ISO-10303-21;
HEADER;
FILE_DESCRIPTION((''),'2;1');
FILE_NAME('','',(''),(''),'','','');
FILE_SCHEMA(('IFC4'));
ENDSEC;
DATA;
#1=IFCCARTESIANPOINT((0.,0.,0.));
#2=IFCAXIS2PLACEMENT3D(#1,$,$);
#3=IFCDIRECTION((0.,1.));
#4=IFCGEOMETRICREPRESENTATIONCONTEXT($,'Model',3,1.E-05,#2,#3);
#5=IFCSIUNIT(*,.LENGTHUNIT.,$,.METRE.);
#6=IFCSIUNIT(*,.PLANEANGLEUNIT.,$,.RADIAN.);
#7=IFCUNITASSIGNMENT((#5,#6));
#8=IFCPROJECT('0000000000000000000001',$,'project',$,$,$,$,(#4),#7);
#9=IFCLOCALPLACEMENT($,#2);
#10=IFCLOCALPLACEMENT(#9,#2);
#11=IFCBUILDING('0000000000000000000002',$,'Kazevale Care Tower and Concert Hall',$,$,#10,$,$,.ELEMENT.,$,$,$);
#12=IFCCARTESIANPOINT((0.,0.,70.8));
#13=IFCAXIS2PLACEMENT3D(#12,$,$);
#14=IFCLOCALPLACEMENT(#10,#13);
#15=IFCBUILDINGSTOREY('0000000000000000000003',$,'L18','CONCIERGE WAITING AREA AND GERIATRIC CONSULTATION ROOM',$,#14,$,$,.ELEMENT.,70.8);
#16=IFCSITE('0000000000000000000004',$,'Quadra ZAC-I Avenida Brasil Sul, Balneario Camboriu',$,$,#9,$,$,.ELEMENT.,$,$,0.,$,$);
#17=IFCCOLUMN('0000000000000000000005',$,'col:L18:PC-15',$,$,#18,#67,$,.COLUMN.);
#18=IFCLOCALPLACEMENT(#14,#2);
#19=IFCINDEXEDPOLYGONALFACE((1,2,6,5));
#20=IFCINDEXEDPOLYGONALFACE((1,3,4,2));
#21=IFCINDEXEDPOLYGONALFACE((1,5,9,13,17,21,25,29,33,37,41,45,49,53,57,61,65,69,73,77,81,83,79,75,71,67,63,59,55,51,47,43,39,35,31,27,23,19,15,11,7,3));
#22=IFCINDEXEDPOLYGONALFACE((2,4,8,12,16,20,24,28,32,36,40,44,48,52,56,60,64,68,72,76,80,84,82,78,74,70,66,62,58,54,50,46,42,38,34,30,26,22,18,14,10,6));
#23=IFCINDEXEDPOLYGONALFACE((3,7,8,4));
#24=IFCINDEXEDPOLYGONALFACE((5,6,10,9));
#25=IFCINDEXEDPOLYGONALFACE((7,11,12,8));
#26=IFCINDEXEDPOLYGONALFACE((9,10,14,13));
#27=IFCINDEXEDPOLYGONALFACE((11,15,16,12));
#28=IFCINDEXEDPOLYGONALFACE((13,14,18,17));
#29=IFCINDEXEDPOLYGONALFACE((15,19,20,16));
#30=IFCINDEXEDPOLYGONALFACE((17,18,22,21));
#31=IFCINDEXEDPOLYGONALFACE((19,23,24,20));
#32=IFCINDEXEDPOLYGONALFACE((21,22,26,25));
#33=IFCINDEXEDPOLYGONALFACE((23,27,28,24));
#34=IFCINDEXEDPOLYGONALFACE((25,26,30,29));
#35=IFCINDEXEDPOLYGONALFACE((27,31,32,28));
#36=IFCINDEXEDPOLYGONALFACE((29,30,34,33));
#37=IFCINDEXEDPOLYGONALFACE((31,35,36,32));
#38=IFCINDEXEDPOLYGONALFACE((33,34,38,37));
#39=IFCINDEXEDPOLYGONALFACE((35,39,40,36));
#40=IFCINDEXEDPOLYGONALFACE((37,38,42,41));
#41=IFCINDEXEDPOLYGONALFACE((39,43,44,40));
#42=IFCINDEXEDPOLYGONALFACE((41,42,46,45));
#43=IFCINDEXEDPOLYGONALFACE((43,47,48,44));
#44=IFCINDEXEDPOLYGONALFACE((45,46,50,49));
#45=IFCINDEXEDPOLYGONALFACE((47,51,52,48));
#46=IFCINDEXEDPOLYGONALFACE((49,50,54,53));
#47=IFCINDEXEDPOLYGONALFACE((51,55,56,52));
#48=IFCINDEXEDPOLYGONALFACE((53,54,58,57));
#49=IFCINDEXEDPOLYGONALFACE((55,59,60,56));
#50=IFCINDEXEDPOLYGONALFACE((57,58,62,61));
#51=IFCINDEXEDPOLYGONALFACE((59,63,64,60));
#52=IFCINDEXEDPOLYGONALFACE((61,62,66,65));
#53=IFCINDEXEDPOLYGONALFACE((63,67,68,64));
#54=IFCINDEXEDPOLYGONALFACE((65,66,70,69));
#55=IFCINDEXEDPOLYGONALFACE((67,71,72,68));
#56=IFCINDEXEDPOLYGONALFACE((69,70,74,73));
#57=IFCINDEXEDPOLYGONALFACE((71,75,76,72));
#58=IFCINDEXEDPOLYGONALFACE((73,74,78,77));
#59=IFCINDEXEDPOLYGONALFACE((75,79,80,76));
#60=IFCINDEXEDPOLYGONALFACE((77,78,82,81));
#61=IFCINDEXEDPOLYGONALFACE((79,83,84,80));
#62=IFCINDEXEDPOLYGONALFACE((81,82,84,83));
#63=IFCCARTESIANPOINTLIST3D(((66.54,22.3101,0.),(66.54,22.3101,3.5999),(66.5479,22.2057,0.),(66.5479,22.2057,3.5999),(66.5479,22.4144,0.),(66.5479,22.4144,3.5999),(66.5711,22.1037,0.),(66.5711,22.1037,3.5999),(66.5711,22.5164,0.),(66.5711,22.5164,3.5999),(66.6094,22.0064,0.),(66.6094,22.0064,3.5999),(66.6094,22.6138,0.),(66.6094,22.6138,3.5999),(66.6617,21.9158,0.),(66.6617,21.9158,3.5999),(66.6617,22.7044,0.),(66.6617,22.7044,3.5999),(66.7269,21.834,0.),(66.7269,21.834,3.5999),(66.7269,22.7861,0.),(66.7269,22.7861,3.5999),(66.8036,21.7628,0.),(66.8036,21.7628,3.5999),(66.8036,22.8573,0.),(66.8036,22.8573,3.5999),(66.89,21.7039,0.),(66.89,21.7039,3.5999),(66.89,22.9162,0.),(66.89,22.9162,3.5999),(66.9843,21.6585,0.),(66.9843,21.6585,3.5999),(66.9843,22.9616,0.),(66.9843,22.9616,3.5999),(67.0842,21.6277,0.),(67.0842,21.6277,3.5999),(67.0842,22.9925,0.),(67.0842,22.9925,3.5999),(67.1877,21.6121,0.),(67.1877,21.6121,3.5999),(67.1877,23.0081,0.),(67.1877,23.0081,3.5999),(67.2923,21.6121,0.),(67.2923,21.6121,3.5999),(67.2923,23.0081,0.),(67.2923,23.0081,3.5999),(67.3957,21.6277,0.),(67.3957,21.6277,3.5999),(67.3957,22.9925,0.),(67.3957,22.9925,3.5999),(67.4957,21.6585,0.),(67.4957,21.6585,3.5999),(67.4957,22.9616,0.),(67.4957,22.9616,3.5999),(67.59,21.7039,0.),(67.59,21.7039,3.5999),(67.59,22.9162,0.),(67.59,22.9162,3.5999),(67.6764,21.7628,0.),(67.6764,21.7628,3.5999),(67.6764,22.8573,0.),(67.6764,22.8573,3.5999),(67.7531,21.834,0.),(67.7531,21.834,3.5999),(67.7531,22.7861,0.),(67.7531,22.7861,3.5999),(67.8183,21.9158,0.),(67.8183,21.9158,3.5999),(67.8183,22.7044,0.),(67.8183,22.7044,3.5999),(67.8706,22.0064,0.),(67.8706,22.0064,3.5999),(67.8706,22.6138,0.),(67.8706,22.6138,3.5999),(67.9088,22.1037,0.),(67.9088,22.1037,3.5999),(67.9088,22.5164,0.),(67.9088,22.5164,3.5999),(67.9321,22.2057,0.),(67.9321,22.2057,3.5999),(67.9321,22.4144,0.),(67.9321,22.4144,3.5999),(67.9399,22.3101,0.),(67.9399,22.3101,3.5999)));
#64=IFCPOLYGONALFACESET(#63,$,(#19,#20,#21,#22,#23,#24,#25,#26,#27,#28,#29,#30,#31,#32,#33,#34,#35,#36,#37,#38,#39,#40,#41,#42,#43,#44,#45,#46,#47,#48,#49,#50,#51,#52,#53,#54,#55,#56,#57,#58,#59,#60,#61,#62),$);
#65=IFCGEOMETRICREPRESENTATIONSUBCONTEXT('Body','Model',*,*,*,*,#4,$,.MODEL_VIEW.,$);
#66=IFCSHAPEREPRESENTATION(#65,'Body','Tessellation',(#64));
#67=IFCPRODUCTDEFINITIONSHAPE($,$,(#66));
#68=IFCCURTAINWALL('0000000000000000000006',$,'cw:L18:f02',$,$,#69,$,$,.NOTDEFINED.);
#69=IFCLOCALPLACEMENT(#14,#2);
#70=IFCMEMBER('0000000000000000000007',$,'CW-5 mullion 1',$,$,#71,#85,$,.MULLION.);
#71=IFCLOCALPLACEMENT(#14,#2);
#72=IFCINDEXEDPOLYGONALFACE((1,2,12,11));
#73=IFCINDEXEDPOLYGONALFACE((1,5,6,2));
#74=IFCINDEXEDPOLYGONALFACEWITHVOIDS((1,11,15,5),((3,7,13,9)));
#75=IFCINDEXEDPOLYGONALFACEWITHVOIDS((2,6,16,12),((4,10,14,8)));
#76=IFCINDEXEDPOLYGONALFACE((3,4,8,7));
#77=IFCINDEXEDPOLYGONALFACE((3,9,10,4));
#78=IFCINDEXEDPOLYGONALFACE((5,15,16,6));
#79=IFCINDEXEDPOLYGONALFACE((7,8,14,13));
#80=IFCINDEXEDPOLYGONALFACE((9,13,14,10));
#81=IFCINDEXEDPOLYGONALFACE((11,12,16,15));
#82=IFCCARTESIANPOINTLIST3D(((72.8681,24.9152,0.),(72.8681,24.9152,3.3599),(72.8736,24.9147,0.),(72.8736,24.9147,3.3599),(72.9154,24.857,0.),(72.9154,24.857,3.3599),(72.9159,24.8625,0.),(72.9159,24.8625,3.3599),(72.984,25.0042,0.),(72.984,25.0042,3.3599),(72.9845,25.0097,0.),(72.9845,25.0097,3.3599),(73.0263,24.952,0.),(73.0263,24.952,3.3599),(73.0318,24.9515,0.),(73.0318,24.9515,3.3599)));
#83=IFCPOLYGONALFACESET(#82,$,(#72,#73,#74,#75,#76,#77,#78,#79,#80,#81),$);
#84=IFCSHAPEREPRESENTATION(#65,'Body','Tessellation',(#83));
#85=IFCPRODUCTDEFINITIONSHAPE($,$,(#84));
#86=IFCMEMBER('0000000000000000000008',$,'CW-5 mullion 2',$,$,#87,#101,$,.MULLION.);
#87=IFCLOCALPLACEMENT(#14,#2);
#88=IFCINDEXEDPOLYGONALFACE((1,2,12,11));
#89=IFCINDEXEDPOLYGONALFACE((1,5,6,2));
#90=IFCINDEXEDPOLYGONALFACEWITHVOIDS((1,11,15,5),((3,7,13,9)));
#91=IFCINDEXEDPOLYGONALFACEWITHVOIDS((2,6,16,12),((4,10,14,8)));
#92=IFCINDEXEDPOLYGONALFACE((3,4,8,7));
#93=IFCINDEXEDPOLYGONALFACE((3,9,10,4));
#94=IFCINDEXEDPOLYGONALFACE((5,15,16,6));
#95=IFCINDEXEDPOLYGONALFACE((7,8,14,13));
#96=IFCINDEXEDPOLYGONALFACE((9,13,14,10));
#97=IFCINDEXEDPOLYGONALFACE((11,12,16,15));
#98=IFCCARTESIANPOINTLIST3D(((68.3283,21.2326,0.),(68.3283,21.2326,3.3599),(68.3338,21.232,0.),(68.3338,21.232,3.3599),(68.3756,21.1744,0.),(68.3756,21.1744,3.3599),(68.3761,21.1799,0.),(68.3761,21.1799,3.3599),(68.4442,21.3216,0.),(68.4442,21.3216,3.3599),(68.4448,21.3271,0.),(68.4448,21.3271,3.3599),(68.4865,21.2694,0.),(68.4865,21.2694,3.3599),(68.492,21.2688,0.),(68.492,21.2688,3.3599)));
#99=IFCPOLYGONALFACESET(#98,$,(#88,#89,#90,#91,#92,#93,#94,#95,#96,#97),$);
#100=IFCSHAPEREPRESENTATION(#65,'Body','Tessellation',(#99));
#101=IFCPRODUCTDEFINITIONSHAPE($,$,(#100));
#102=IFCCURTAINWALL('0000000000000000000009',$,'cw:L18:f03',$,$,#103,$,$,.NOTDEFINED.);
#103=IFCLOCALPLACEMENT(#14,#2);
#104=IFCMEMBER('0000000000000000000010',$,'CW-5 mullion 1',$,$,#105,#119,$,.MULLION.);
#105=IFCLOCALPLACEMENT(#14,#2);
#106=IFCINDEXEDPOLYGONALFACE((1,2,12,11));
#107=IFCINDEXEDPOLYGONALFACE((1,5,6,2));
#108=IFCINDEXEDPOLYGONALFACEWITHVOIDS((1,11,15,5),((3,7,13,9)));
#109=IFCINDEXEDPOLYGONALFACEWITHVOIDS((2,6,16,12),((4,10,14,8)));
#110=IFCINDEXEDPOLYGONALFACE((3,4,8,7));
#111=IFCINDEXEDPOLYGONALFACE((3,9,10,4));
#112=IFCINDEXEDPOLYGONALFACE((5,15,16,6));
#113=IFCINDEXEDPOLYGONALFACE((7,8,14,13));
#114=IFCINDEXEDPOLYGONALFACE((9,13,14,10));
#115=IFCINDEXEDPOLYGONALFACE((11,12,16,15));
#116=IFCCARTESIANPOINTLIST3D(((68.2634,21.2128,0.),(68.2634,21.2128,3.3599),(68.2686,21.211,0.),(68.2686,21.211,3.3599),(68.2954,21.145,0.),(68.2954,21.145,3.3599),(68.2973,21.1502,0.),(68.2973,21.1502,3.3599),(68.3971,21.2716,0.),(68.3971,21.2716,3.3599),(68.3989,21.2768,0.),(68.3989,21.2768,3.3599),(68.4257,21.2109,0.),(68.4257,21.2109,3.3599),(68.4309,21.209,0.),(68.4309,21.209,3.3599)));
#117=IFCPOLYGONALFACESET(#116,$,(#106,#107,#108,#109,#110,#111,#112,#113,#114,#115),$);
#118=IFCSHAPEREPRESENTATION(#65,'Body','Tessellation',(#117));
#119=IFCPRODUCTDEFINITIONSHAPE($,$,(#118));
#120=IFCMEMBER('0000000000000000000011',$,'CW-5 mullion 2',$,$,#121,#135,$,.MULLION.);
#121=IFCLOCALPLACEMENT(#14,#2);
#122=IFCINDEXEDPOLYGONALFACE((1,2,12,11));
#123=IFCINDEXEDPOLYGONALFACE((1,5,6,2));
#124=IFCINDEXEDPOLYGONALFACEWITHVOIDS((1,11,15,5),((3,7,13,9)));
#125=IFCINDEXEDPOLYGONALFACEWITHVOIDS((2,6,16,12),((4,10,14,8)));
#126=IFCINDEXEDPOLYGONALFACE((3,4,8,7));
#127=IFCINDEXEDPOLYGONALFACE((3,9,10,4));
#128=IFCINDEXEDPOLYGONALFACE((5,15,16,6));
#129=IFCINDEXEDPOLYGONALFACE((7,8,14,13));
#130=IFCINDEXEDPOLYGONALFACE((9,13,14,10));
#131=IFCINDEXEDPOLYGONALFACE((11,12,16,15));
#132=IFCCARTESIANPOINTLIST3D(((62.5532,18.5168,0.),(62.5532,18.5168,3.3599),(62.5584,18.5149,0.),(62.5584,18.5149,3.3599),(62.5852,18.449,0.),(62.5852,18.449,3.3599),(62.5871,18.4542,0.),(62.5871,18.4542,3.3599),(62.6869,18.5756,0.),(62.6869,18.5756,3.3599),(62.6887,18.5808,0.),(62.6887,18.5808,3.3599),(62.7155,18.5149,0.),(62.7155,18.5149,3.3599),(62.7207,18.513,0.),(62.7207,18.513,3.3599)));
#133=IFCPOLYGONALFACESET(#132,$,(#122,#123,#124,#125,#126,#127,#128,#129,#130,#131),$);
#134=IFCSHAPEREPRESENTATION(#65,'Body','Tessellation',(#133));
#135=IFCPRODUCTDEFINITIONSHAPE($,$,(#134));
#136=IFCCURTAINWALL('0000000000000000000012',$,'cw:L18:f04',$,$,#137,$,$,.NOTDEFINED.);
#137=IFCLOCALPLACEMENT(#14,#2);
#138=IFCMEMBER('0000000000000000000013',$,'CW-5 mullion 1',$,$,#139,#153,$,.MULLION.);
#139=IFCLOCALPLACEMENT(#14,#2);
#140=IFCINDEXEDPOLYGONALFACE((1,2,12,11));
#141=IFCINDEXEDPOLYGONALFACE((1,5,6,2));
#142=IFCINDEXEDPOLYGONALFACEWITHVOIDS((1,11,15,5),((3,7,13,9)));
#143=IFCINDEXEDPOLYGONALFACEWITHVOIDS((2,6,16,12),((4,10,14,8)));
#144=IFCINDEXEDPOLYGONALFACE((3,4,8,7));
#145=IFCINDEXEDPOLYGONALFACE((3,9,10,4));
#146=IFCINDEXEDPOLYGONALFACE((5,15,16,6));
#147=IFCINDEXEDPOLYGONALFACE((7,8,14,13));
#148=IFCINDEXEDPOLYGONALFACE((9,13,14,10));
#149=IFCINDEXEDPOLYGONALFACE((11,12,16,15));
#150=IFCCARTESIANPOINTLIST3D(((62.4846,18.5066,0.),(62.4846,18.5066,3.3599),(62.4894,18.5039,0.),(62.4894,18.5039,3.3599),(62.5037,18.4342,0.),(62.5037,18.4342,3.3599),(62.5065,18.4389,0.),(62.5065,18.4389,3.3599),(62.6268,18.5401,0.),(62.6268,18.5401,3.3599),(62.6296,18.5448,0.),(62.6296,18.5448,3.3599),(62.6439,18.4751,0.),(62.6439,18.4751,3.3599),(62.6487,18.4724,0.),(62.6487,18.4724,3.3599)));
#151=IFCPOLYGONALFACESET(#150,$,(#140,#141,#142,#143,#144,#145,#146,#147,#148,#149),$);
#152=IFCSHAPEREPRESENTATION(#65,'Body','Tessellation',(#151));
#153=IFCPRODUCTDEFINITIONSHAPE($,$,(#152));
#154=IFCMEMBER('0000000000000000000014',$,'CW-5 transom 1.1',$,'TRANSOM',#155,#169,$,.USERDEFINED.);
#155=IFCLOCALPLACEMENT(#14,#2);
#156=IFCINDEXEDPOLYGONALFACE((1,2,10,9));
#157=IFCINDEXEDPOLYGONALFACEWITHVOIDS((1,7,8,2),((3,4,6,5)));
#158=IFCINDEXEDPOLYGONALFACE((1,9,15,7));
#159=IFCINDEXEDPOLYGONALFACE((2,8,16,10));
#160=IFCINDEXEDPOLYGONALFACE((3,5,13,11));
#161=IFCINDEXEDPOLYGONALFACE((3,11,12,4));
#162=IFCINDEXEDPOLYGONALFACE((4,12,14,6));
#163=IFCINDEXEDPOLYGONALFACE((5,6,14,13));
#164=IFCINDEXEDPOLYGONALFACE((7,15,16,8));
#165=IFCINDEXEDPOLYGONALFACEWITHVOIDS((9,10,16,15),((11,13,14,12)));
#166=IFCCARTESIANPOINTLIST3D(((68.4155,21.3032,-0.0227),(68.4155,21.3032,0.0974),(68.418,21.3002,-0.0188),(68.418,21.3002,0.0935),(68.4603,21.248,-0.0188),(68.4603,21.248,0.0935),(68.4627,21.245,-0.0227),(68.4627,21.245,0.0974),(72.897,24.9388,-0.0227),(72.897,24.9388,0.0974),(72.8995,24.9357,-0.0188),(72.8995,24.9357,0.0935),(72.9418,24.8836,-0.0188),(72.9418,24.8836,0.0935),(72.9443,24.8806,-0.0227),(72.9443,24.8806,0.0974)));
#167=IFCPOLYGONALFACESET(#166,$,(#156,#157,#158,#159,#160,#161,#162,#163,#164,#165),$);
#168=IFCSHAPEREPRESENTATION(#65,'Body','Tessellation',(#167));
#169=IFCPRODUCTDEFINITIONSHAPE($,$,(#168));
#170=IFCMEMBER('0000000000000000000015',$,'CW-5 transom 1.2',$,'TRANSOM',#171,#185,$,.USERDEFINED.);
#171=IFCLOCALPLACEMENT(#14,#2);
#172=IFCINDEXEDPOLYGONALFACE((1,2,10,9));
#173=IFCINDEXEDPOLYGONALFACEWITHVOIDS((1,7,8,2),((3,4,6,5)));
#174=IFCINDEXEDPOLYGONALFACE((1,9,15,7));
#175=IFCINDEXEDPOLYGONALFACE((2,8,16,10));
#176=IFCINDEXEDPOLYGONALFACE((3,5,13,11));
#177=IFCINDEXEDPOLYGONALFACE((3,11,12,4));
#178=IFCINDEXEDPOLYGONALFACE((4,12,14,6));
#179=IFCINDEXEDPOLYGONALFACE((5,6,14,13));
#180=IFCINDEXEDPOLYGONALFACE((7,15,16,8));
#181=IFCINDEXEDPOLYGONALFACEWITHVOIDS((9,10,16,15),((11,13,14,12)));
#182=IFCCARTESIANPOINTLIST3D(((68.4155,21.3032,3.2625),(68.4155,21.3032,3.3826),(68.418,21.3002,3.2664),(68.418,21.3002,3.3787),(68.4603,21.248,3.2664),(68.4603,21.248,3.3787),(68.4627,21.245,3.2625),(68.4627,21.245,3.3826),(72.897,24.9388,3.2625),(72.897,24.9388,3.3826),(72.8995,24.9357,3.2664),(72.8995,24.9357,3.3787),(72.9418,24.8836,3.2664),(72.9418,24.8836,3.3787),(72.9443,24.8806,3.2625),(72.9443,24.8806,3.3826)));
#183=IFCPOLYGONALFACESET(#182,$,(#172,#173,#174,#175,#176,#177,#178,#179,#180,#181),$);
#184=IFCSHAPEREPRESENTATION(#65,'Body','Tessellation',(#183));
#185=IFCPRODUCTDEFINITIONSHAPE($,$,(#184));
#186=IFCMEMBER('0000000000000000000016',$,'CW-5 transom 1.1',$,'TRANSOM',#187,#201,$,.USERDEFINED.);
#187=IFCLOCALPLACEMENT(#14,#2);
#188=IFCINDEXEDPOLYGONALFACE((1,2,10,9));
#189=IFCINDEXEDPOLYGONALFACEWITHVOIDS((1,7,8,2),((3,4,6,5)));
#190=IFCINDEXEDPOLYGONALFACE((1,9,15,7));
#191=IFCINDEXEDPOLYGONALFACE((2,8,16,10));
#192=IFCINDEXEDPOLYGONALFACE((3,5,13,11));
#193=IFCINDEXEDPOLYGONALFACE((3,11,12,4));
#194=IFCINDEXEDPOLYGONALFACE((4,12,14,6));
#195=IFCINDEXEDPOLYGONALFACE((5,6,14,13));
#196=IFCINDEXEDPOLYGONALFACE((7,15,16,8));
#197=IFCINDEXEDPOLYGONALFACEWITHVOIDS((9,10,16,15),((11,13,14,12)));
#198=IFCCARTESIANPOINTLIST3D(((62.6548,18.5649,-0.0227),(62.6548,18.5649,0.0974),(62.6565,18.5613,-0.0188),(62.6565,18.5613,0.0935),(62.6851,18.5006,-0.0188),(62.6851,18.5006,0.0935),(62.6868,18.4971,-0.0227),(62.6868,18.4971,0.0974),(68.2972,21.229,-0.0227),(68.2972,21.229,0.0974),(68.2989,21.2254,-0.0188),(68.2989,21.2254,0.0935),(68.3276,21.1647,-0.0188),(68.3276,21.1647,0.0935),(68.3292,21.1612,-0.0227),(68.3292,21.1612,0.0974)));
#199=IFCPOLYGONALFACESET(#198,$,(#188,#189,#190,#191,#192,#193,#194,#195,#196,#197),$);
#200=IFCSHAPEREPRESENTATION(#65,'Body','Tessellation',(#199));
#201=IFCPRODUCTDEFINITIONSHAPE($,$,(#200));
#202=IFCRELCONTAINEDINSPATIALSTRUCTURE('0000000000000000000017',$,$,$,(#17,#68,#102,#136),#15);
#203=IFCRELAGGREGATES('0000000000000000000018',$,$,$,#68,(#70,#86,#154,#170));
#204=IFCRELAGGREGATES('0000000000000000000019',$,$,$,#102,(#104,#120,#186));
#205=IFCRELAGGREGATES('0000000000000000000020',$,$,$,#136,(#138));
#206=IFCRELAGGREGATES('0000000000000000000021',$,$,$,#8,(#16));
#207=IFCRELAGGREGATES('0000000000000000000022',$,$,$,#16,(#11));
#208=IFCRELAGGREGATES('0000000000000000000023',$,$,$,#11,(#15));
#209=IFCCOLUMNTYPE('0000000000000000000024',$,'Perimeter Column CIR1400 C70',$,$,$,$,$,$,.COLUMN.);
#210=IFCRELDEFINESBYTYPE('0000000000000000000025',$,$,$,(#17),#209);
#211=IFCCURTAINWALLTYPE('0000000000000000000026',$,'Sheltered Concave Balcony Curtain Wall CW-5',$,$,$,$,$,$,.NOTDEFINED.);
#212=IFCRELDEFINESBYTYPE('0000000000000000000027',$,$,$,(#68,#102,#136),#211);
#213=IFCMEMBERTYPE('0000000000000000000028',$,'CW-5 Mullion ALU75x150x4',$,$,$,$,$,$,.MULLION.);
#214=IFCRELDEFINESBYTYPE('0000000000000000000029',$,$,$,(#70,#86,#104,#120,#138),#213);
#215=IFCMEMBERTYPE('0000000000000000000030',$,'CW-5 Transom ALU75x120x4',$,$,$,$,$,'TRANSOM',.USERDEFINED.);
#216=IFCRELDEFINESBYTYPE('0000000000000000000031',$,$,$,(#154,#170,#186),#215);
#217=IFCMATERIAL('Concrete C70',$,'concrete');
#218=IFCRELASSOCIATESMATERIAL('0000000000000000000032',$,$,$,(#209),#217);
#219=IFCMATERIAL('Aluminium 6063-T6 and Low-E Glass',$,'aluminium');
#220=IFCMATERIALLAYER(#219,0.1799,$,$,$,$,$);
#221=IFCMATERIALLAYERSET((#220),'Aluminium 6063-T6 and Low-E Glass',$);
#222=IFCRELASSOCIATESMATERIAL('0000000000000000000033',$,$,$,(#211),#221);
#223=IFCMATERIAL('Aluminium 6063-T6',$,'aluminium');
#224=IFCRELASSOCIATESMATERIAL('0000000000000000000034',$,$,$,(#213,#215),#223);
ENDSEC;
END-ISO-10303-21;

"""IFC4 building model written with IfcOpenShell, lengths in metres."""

from ifc_helpers import new_model, si_unit, direction, frame, origin, origin_2d, place, context, subcontext, project, spatial, hollow_rectangle, circle, extrude, material, layer, layer_set, material_profile, profile_set, type_object, element, aggregate, save


model = new_model("IFC4")

# Units and contexts
model_context = context("Model", 3, precision=1e-05, world=origin(), true_north=direction((0.0, 1.0)))
body_context = subcontext(model_context, "Body", "Model", "MODEL_VIEW")
ifc_project = project(units=[si_unit("LENGTHUNIT", "METRE"), si_unit("PLANEANGLEUNIT", "RADIAN")], contexts=[model_context])

# Site, building, storey
site_placement = place(None, origin())
site = spatial("IfcSite", under=ifc_project, at=site_placement, Name="Quadra ZAC-I Avenida Brasil Sul, Balneario Camboriu", CompositionType="ELEMENT", RefElevation=0.0)
building_placement = place(site_placement, origin())
building = spatial("IfcBuilding", under=site, at=building_placement, Name="Kazevale Care Tower and Concert Hall", CompositionType="ELEMENT")
storey_placement = place(building_placement, frame((0.0, 0.0, 70.8)))
storey = spatial("IfcBuildingStorey", under=building, at=storey_placement, Name="L18", Description="CONCIERGE WAITING AREA AND GERIATRIC CONSULTATION ROOM", CompositionType="ELEMENT", Elevation=70.8)

# Column
ifc_material_1 = material(Name="Concrete C70", Category="concrete")
ifc_material_profile_1 = material_profile(ifc_material_1, circle(Radius=0.7, at=origin_2d()), Name="RC-CIR1400")
ifc_profile_set_1 = profile_set([ifc_material_profile_1], Name="Concrete C70")
column_type = type_object("IfcColumnType", Name="Perimeter Column CIR1400 C70", PredefinedType="COLUMN", material=ifc_profile_set_1)
column_placement = place(storey_placement, frame((67.24, 22.3101, 0.0), z_axis=(0.0, 0.0, 1.0), x_axis=(1.0, 0.0, 0.0)))
element("IfcColumn", 1, at=column_placement, inside=storey, type_object=column_type, Name="col:L18:PC-15", PredefinedType="COLUMN", context=body_context, shape_type="SweptSolid", body=[
    extrude(circle(Radius=0.7, at=origin_2d()), origin(), (0.0, 0.0, 1.0), 3.5999),
])

# Curtain walls, members
ifc_material_2 = material(Name="Aluminium 6063-T6 and Low-E Glass", Category="aluminium")
ifc_layer_1 = layer(ifc_material_2, 0.1799)
ifc_layer_set_1 = layer_set([ifc_layer_1], Name="Aluminium 6063-T6 and Low-E Glass")
curtain_wall_type = type_object("IfcCurtainWallType", Name="Sheltered Concave Balcony Curtain Wall CW-5", PredefinedType="NOTDEFINED", material=ifc_layer_set_1)
curtain_wall_1_placement = place(storey_placement, origin())
curtain_wall_1 = element("IfcCurtainWall", 2, at=curtain_wall_1_placement, inside=storey, type_object=curtain_wall_type, Name="cw:L18:f02", PredefinedType="NOTDEFINED")
ifc_material_3 = material(Name="Aluminium 6063-T6", Category="aluminium")
ifc_material_profile_2 = material_profile(ifc_material_3, hollow_rectangle(XDim=0.075, YDim=0.1499, WallThickness=0.0039, at=origin_2d()), Name="ALU75x150x4")
ifc_profile_set_2 = profile_set([ifc_material_profile_2], Name="Aluminium 6063-T6")
member_type_1 = type_object("IfcMemberType", Name="CW-5 Mullion ALU75x150x4", PredefinedType="MULLION", material=ifc_profile_set_2)
member_1_placement = place(storey_placement, frame((72.95, 24.9333, 0.0), z_axis=(0.0, 0.0, 1.0), x_axis=(0.629995, -0.776599, 0.0)))
member_1 = element("IfcMember", 3, at=member_1_placement, type_object=member_type_1, Name="CW-5 mullion 1", PredefinedType="MULLION", context=body_context, shape_type="SweptSolid", body=[
    extrude(hollow_rectangle(XDim=0.075, YDim=0.1499, WallThickness=0.0039, at=origin_2d()), origin(), (0.0, 0.0, 1.0), 3.3599),
])
member_2_placement = place(storey_placement, frame((68.4102, 21.2507, 0.0), z_axis=(0.0, 0.0, 1.0), x_axis=(0.629995, -0.776599, 0.0)))
member_2 = element("IfcMember", 4, at=member_2_placement, type_object=member_type_1, Name="CW-5 mullion 2", PredefinedType="MULLION", context=body_context, shape_type="SweptSolid", body=[
    extrude(hollow_rectangle(XDim=0.075, YDim=0.1499, WallThickness=0.0039, at=origin_2d()), origin(), (0.0, 0.0, 1.0), 3.3599),
])
curtain_wall_2_placement = place(storey_placement, origin())
curtain_wall_2 = element("IfcCurtainWall", 5, at=curtain_wall_2_placement, inside=storey, type_object=curtain_wall_type, Name="cw:L18:f03", PredefinedType="NOTDEFINED")
member_3_placement = place(storey_placement, frame((68.3472, 21.2109, 0.0), z_axis=(0.0, 0.0, 1.0), x_axis=(0.426942, -0.904279, 0.0)))
member_3 = element("IfcMember", 6, at=member_3_placement, type_object=member_type_1, Name="CW-5 mullion 1", PredefinedType="MULLION", context=body_context, shape_type="SweptSolid", body=[
    extrude(hollow_rectangle(XDim=0.075, YDim=0.1499, WallThickness=0.0039, at=origin_2d()), origin(), (0.0, 0.0, 1.0), 3.3599),
])
member_4_placement = place(storey_placement, frame((62.637, 18.5149, 0.0), z_axis=(0.0, 0.0, 1.0), x_axis=(0.426942, -0.904279, 0.0)))
member_4 = element("IfcMember", 7, at=member_4_placement, type_object=member_type_1, Name="CW-5 mullion 2", PredefinedType="MULLION", context=body_context, shape_type="SweptSolid", body=[
    extrude(hollow_rectangle(XDim=0.075, YDim=0.1499, WallThickness=0.0039, at=origin_2d()), origin(), (0.0, 0.0, 1.0), 3.3599),
])

# Curtain wall, member
curtain_wall_3_placement = place(storey_placement, origin())
curtain_wall_3 = element("IfcCurtainWall", 8, at=curtain_wall_3_placement, inside=storey, type_object=curtain_wall_type, Name="cw:L18:f04", PredefinedType="NOTDEFINED")
member_5_placement = place(storey_placement, frame((62.5667, 18.4895, 0.0), z_axis=(0.0, 0.0, 1.0), x_axis=(0.254829, -0.966986, 0.0)))
member_5 = element("IfcMember", 9, at=member_5_placement, type_object=member_type_1, Name="CW-5 mullion 1", PredefinedType="MULLION", context=body_context, shape_type="SweptSolid", body=[
    extrude(hollow_rectangle(XDim=0.075, YDim=0.1499, WallThickness=0.0039, at=origin_2d()), origin(), (0.0, 0.0, 1.0), 3.3599),
])

# Members
ifc_material_profile_3 = material_profile(ifc_material_3, hollow_rectangle(XDim=0.075, YDim=0.1201, WallThickness=0.0039, at=origin_2d()), Name="ALU75x120x4")
ifc_profile_set_3 = profile_set([ifc_material_profile_3], Name="Aluminium 6063-T6")
member_type_2 = type_object("IfcMemberType", Name="CW-5 Transom ALU75x120x4", ElementType="TRANSOM", PredefinedType="USERDEFINED", material=ifc_profile_set_3)
member_6_placement = place(storey_placement, frame((72.9207, 24.9097, 0.0374), z_axis=(-0.776595, -0.63, 0.0), x_axis=(0.63, -0.776595, 0.0)))
member_6 = element("IfcMember", 10, at=member_6_placement, type_object=member_type_2, Name="CW-5 transom 1.1", ObjectType="TRANSOM", PredefinedType="USERDEFINED", context=body_context, shape_type="SweptSolid", body=[
    extrude(hollow_rectangle(XDim=0.075, YDim=0.1201, WallThickness=0.0039, at=origin_2d()), origin(), (0.0, 0.0, 1.0), 5.7708),
])
member_7_placement = place(storey_placement, frame((72.9207, 24.9097, 3.3225), z_axis=(-0.776595, -0.63, 0.0), x_axis=(0.63, -0.776595, 0.0)))
member_7 = element("IfcMember", 11, at=member_7_placement, type_object=member_type_2, Name="CW-5 transom 1.2", ObjectType="TRANSOM", PredefinedType="USERDEFINED", context=body_context, shape_type="SweptSolid", body=[
    extrude(hollow_rectangle(XDim=0.075, YDim=0.1201, WallThickness=0.0039, at=origin_2d()), origin(), (0.0, 0.0, 1.0), 5.7708),
])
member_8_placement = place(storey_placement, frame((68.3132, 21.1951, 0.0374), z_axis=(-0.904272, -0.426957, 0.0), x_axis=(0.426957, -0.904272, 0.0)))
member_8 = element("IfcMember", 12, at=member_8_placement, type_object=member_type_2, Name="CW-5 transom 1.1", ObjectType="TRANSOM", PredefinedType="USERDEFINED", context=body_context, shape_type="SweptSolid", body=[
    extrude(hollow_rectangle(XDim=0.075, YDim=0.1201, WallThickness=0.0039, at=origin_2d()), origin(), (0.0, 0.0, 1.0), 6.2397),
])

aggregate(curtain_wall_1, [member_1, member_2, member_6, member_7])
aggregate(curtain_wall_2, [member_3, member_4, member_8])
aggregate(curtain_wall_3, [member_5])

save(model, "model.ifc")
